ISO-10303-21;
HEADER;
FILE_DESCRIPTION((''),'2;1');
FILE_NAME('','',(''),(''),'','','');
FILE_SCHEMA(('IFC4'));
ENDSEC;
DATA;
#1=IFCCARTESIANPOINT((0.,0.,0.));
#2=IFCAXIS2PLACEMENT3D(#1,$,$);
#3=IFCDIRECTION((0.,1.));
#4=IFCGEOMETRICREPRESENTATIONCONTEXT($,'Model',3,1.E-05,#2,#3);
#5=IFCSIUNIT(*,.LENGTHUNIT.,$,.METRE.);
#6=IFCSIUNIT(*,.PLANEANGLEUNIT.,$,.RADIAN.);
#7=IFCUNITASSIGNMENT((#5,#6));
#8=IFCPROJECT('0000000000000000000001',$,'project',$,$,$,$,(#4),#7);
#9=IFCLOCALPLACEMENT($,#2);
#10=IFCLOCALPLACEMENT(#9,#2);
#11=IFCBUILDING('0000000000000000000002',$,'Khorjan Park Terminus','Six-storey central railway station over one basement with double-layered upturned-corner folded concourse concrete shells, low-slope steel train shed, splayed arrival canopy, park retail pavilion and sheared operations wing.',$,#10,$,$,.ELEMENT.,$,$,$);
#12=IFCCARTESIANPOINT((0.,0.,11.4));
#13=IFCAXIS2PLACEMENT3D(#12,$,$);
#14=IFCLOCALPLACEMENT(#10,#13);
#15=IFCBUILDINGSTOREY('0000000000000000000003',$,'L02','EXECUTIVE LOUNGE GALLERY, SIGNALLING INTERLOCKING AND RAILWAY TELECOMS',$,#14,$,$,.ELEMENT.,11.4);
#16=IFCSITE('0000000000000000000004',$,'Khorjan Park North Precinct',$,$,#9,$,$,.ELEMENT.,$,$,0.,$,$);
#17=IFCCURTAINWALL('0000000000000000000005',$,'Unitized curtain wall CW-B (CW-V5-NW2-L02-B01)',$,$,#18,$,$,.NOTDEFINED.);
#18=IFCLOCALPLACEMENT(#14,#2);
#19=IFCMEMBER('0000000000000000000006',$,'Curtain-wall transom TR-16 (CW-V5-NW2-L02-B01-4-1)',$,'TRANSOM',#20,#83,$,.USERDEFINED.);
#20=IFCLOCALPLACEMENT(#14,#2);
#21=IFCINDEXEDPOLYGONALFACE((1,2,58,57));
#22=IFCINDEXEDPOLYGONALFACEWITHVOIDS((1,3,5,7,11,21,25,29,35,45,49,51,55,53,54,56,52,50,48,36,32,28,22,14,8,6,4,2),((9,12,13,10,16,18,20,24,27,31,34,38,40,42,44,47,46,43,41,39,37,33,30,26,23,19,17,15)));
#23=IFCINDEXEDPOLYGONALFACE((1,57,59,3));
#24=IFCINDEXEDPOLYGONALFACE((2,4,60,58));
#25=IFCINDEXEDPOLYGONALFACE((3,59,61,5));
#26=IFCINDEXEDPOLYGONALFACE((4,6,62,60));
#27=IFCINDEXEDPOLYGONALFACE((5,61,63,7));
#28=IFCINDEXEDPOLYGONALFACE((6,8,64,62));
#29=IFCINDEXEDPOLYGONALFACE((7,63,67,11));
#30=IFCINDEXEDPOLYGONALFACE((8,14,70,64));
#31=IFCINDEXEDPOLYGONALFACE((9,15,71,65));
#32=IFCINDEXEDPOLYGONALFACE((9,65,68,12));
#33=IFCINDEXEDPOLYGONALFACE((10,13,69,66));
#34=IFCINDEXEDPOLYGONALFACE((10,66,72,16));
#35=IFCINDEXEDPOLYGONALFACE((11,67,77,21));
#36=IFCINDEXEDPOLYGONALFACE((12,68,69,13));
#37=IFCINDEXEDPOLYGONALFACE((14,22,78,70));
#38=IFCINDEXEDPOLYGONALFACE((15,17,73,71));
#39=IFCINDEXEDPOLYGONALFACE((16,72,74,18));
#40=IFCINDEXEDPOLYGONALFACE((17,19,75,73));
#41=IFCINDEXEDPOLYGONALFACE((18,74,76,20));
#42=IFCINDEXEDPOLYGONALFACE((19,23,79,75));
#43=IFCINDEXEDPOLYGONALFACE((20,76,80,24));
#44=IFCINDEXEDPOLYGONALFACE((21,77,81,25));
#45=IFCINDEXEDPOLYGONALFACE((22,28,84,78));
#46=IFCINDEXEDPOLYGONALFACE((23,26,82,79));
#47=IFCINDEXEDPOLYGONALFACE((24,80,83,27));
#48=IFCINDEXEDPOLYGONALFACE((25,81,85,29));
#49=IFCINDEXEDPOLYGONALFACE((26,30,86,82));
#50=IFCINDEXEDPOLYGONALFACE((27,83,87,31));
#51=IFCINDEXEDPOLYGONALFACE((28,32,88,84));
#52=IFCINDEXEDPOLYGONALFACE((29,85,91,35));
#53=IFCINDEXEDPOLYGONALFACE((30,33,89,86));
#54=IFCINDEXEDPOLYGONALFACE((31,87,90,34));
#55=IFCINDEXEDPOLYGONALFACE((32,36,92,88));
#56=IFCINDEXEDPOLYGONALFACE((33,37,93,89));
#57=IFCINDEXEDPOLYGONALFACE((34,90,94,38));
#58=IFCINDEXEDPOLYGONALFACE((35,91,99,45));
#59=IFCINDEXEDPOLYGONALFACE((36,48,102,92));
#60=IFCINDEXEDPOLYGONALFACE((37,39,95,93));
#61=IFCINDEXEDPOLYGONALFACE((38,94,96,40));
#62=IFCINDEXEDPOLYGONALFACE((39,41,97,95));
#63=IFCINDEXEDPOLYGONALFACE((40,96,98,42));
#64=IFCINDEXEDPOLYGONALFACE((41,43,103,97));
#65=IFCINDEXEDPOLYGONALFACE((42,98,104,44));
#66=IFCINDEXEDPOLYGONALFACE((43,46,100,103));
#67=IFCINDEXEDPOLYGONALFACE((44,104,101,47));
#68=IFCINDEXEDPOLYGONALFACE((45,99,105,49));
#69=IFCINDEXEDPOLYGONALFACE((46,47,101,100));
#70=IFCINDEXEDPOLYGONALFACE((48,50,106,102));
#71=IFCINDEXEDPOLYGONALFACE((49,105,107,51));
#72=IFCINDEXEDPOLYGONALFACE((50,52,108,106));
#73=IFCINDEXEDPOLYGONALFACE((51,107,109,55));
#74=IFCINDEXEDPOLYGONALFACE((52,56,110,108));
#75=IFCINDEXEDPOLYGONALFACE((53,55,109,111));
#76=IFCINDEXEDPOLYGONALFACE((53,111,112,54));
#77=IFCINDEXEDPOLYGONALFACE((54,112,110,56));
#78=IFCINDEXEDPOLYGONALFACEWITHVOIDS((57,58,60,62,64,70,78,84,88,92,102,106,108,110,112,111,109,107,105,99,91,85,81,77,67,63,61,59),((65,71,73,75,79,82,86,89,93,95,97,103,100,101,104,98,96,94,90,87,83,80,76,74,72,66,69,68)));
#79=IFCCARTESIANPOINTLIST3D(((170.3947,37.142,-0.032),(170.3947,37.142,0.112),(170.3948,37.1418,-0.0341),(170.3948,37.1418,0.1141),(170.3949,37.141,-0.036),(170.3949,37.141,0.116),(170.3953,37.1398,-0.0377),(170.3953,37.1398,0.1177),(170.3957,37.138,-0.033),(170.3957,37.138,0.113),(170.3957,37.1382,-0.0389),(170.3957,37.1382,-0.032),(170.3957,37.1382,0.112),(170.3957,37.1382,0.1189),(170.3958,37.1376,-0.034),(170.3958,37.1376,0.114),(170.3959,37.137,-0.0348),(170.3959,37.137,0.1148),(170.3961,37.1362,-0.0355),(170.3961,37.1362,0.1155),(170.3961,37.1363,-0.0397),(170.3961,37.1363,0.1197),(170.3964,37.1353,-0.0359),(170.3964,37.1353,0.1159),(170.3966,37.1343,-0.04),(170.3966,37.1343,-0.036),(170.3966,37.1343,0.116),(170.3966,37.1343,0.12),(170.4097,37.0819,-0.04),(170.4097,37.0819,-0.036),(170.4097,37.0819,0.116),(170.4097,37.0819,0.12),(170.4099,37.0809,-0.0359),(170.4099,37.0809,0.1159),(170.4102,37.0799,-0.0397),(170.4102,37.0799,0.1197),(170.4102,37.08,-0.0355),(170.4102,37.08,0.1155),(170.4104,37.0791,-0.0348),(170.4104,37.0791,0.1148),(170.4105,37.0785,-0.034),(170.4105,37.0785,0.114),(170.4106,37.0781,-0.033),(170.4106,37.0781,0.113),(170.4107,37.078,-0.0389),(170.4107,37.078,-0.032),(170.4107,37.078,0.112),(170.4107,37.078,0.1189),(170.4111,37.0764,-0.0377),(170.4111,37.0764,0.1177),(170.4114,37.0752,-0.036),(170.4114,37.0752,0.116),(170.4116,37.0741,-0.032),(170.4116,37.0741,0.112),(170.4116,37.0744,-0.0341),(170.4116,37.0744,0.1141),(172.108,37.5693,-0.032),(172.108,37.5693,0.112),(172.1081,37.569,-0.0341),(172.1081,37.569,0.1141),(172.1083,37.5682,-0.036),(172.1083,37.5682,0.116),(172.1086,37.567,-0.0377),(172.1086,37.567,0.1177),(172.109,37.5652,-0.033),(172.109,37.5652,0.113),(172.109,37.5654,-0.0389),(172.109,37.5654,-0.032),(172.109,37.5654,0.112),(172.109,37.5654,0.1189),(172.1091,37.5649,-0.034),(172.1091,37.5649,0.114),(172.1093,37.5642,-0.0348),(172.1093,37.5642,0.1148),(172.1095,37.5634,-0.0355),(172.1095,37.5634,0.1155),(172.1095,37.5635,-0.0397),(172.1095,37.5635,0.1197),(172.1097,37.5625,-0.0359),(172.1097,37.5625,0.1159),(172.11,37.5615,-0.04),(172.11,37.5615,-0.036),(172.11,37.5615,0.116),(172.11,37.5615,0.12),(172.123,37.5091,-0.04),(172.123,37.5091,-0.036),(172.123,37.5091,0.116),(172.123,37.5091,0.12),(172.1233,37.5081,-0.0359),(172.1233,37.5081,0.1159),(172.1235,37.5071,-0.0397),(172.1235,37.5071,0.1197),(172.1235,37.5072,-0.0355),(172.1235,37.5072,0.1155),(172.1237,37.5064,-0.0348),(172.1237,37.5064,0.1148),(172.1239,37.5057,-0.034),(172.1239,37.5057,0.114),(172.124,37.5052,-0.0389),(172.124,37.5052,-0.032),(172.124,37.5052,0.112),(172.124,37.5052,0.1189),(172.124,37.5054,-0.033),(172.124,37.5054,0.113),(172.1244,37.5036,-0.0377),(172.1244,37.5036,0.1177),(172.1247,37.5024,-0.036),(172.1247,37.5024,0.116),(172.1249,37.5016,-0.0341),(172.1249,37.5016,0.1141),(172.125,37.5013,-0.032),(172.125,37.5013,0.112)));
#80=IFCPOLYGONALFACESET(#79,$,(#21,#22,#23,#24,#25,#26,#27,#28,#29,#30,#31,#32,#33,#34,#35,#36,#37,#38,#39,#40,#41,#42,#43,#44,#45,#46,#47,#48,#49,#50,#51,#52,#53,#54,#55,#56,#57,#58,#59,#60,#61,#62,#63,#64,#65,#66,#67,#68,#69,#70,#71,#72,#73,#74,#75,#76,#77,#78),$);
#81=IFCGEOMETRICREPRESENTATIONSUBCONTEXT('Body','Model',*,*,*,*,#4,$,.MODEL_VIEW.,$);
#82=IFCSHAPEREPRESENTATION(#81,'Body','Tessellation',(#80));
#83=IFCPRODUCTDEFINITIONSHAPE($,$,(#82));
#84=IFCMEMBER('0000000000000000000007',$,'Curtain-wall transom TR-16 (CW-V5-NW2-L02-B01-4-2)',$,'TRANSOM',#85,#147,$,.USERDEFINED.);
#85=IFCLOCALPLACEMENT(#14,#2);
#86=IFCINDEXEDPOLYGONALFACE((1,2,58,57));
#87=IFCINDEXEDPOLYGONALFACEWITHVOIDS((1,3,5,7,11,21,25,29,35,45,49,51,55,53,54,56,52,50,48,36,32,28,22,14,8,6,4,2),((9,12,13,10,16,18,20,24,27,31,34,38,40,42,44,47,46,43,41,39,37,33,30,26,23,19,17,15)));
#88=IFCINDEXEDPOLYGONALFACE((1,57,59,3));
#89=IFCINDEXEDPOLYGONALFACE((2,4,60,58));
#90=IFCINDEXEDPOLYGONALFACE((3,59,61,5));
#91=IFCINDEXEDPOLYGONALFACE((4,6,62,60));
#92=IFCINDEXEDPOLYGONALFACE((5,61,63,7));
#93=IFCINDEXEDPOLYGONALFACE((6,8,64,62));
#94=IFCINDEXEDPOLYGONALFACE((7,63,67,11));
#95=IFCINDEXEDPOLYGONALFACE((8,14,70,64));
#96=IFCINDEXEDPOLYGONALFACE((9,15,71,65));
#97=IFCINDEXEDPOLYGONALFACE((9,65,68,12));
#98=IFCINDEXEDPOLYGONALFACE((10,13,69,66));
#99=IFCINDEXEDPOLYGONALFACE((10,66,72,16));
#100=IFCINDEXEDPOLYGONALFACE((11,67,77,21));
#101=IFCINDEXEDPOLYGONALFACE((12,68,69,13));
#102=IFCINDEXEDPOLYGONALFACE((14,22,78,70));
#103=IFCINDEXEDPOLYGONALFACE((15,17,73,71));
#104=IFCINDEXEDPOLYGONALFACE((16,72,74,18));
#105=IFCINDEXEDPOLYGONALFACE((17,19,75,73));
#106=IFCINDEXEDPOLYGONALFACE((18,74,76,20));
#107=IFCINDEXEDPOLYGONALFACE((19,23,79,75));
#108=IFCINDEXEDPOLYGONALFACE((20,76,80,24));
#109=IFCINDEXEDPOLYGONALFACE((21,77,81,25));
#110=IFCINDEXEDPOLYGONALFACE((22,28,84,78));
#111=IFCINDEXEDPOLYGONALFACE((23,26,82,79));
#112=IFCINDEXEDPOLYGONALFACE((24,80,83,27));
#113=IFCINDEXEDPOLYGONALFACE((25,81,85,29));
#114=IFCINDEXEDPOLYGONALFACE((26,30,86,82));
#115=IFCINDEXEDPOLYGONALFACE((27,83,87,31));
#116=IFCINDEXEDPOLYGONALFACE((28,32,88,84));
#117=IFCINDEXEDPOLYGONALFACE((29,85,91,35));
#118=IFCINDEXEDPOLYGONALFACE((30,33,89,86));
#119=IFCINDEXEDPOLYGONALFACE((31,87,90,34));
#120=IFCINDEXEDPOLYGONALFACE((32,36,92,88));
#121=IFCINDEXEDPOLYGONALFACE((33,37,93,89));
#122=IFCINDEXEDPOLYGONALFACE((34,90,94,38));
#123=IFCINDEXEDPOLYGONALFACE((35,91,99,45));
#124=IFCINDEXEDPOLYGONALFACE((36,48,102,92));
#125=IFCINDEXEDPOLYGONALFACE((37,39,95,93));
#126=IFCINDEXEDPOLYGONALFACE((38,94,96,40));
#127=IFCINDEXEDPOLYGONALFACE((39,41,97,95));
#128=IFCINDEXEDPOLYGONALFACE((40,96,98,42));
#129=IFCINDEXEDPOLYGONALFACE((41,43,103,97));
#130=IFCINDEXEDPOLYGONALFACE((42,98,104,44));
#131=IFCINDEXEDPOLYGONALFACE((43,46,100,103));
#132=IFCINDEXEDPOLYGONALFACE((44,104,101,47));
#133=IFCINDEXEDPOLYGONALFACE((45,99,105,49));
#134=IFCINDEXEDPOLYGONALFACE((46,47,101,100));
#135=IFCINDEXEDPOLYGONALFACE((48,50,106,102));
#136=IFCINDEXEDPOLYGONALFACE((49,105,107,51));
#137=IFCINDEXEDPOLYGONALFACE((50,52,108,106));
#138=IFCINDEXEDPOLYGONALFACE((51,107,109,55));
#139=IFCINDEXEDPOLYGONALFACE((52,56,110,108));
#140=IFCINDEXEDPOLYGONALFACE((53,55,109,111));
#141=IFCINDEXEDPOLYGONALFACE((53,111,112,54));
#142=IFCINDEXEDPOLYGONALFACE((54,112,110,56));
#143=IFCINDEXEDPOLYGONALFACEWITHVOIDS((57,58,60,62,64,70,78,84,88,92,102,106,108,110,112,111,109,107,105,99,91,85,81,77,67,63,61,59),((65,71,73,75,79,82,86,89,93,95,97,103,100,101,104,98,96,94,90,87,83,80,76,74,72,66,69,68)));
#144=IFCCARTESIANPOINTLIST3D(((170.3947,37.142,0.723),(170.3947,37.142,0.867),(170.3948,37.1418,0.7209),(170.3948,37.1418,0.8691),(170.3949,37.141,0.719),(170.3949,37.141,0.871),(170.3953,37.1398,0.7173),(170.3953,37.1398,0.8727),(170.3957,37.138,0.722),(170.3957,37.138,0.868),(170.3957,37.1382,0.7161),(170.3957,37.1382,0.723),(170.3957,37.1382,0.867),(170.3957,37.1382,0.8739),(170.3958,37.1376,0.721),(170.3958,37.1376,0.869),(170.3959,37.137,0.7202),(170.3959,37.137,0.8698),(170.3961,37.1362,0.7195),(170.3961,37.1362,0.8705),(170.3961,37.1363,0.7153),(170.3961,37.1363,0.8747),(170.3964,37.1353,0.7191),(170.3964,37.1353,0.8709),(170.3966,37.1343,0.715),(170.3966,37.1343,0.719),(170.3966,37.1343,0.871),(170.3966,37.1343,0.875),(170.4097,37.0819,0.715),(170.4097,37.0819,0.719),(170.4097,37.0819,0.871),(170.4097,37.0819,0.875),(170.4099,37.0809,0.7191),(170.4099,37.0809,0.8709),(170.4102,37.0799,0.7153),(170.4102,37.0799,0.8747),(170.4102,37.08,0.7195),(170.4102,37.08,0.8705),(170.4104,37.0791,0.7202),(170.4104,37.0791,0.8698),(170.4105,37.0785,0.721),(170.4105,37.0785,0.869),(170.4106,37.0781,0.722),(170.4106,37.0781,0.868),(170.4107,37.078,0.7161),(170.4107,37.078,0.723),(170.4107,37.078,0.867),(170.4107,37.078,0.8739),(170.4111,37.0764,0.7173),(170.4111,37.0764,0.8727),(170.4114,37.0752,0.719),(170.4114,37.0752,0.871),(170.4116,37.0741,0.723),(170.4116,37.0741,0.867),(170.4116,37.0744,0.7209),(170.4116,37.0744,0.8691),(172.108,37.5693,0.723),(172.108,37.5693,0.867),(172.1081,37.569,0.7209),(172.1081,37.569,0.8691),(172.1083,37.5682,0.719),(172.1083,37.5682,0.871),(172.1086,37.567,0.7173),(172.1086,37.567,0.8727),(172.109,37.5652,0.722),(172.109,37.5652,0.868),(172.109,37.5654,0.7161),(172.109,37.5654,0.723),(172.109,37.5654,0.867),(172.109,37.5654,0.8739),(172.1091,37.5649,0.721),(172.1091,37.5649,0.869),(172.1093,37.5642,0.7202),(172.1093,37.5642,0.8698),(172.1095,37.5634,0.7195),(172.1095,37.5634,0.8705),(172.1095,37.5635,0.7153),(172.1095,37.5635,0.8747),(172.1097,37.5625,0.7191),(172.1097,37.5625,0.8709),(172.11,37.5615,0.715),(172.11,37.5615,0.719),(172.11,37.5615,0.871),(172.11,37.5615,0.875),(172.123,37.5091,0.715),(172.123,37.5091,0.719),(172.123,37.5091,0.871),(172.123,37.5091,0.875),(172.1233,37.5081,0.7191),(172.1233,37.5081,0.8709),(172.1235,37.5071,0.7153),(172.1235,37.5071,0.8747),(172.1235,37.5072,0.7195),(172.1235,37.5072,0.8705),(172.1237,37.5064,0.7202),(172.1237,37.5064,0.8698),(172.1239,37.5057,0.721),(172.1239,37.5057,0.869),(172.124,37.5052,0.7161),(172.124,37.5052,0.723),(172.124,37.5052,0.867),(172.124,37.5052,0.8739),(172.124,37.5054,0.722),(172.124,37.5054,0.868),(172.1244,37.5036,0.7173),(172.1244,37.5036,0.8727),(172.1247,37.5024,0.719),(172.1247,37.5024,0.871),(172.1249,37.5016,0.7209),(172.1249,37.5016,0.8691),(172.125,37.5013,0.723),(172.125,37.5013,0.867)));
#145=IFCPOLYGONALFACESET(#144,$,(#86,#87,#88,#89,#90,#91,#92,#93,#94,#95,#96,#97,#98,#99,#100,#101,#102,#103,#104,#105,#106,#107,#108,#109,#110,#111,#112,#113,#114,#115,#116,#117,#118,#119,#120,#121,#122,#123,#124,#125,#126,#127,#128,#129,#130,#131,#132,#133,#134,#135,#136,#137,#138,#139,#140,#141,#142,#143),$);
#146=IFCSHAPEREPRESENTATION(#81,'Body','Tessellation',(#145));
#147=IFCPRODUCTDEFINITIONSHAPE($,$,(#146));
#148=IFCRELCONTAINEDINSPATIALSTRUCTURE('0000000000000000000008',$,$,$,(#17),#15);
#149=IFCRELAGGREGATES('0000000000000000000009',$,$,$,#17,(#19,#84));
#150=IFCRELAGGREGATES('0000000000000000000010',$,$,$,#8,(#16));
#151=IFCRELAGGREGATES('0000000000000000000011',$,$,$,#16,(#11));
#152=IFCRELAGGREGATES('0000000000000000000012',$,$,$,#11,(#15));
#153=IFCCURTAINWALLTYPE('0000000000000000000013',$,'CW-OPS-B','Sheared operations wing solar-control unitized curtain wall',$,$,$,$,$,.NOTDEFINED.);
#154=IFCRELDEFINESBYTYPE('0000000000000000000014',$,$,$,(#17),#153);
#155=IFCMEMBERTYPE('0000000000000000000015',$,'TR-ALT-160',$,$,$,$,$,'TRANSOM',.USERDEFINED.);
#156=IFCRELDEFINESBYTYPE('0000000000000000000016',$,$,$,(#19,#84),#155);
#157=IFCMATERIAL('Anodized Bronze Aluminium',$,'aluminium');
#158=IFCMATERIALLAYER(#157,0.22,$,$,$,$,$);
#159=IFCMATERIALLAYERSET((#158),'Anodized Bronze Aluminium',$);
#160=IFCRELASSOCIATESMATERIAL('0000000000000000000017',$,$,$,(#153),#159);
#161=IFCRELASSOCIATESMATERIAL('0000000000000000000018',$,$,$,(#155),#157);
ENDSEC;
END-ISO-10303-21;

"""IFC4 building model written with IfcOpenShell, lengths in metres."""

from ifc_helpers import new_model, si_unit, direction, frame, origin, origin_2d, place, context, subcontext, project, spatial, hollow_rectangle, extrude, material, layer, layer_set, material_profile, profile_set, type_object, element, aggregate, save


model = new_model("IFC4")

# Units and contexts
model_context = context("Model", 3, precision=1e-05, world=origin(), true_north=direction((0.0, 1.0)))
body_context = subcontext(model_context, "Body", "Model", "MODEL_VIEW")
ifc_project = project(units=[si_unit("LENGTHUNIT", "METRE"), si_unit("PLANEANGLEUNIT", "RADIAN")], contexts=[model_context])

# Site, building, storey
site_placement = place(None, origin())
site = spatial("IfcSite", under=ifc_project, at=site_placement, Name="Khorjan Park North Precinct", CompositionType="ELEMENT", RefElevation=0.0)
building_placement = place(site_placement, origin())
building = spatial("IfcBuilding", under=site, at=building_placement, Name="Khorjan Park Terminus", Description="Six-storey central railway station over one basement with double-layered upturned-corner folded concourse concrete shells, low-slope steel train shed, splayed arrival canopy, park retail pavilion and sheared operations wing.", CompositionType="ELEMENT")
storey_placement = place(building_placement, frame((0.0, 0.0, 11.4)))
storey = spatial("IfcBuildingStorey", under=building, at=storey_placement, Name="L02", Description="EXECUTIVE LOUNGE GALLERY, SIGNALLING INTERLOCKING AND RAILWAY TELECOMS", CompositionType="ELEMENT", Elevation=11.4)

# Shared definitions
ifc_material_1 = material(Name="Anodized Bronze Aluminium", Category="aluminium")
ifc_layer_1 = layer(ifc_material_1, 0.22)
ifc_layer_set_1 = layer_set([ifc_layer_1], Name="Anodized Bronze Aluminium")
curtain_wall_type = type_object("IfcCurtainWallType", Name="CW-OPS-B", Description="Sheared operations wing solar-control unitized curtain wall", PredefinedType="NOTDEFINED", material=ifc_layer_set_1)

# Curtain wall
curtain_wall_1_placement = place(storey_placement, origin())
curtain_wall_1 = element("IfcCurtainWall", 1, at=curtain_wall_1_placement, inside=storey, type_object=curtain_wall_type, Name="Unitized curtain wall CW-B (CW-V5-NW2-L02-B01)", PredefinedType="NOTDEFINED")

# Members
ifc_material_profile_1 = material_profile(ifc_material_1, hollow_rectangle(XDim=0.07, YDim=0.16, WallThickness=0.004, InnerFilletRadius=0.004, OuterFilletRadius=0.008, at=origin_2d()), Name="ALT 70x160x4")
ifc_profile_set_1 = profile_set([ifc_material_profile_1], Name="Anodized Bronze Aluminium")
member_type_1 = type_object("IfcMemberType", Name="TR-ALT-160", ElementType="TRANSOM", PredefinedType="USERDEFINED", material=ifc_profile_set_1)
member_1_placement = place(storey_placement, frame((172.1165, 37.5353, 0.04), z_axis=(-0.970292, -0.241936, 0.0), x_axis=(0.241936, -0.970292, 0.0)))
member_1 = element("IfcMember", 2, at=member_1_placement, type_object=member_type_1, Name="Curtain-wall transom TR-16 (CW-V5-NW2-L02-B01-4-1)", ObjectType="TRANSOM", PredefinedType="USERDEFINED", context=body_context, shape_type="SweptSolid", body=[
    extrude(hollow_rectangle(XDim=0.07, YDim=0.16, WallThickness=0.004, InnerFilletRadius=0.004, OuterFilletRadius=0.008, at=origin_2d()), origin(), (0.0, 0.0, 1.0), 1.7658),
])
member_2_placement = place(storey_placement, frame((172.1165, 37.5353, 0.795), z_axis=(-0.970292, -0.241936, 0.0), x_axis=(0.241936, -0.970292, 0.0)))
member_2 = element("IfcMember", 3, at=member_2_placement, type_object=member_type_1, Name="Curtain-wall transom TR-16 (CW-V5-NW2-L02-B01-4-2)", ObjectType="TRANSOM", PredefinedType="USERDEFINED", context=body_context, shape_type="SweptSolid", body=[
    extrude(hollow_rectangle(XDim=0.07, YDim=0.16, WallThickness=0.004, InnerFilletRadius=0.004, OuterFilletRadius=0.008, at=origin_2d()), origin(), (0.0, 0.0, 1.0), 1.7658),
])

aggregate(curtain_wall_1, [member_1, member_2])

save(model, "model.ifc")
